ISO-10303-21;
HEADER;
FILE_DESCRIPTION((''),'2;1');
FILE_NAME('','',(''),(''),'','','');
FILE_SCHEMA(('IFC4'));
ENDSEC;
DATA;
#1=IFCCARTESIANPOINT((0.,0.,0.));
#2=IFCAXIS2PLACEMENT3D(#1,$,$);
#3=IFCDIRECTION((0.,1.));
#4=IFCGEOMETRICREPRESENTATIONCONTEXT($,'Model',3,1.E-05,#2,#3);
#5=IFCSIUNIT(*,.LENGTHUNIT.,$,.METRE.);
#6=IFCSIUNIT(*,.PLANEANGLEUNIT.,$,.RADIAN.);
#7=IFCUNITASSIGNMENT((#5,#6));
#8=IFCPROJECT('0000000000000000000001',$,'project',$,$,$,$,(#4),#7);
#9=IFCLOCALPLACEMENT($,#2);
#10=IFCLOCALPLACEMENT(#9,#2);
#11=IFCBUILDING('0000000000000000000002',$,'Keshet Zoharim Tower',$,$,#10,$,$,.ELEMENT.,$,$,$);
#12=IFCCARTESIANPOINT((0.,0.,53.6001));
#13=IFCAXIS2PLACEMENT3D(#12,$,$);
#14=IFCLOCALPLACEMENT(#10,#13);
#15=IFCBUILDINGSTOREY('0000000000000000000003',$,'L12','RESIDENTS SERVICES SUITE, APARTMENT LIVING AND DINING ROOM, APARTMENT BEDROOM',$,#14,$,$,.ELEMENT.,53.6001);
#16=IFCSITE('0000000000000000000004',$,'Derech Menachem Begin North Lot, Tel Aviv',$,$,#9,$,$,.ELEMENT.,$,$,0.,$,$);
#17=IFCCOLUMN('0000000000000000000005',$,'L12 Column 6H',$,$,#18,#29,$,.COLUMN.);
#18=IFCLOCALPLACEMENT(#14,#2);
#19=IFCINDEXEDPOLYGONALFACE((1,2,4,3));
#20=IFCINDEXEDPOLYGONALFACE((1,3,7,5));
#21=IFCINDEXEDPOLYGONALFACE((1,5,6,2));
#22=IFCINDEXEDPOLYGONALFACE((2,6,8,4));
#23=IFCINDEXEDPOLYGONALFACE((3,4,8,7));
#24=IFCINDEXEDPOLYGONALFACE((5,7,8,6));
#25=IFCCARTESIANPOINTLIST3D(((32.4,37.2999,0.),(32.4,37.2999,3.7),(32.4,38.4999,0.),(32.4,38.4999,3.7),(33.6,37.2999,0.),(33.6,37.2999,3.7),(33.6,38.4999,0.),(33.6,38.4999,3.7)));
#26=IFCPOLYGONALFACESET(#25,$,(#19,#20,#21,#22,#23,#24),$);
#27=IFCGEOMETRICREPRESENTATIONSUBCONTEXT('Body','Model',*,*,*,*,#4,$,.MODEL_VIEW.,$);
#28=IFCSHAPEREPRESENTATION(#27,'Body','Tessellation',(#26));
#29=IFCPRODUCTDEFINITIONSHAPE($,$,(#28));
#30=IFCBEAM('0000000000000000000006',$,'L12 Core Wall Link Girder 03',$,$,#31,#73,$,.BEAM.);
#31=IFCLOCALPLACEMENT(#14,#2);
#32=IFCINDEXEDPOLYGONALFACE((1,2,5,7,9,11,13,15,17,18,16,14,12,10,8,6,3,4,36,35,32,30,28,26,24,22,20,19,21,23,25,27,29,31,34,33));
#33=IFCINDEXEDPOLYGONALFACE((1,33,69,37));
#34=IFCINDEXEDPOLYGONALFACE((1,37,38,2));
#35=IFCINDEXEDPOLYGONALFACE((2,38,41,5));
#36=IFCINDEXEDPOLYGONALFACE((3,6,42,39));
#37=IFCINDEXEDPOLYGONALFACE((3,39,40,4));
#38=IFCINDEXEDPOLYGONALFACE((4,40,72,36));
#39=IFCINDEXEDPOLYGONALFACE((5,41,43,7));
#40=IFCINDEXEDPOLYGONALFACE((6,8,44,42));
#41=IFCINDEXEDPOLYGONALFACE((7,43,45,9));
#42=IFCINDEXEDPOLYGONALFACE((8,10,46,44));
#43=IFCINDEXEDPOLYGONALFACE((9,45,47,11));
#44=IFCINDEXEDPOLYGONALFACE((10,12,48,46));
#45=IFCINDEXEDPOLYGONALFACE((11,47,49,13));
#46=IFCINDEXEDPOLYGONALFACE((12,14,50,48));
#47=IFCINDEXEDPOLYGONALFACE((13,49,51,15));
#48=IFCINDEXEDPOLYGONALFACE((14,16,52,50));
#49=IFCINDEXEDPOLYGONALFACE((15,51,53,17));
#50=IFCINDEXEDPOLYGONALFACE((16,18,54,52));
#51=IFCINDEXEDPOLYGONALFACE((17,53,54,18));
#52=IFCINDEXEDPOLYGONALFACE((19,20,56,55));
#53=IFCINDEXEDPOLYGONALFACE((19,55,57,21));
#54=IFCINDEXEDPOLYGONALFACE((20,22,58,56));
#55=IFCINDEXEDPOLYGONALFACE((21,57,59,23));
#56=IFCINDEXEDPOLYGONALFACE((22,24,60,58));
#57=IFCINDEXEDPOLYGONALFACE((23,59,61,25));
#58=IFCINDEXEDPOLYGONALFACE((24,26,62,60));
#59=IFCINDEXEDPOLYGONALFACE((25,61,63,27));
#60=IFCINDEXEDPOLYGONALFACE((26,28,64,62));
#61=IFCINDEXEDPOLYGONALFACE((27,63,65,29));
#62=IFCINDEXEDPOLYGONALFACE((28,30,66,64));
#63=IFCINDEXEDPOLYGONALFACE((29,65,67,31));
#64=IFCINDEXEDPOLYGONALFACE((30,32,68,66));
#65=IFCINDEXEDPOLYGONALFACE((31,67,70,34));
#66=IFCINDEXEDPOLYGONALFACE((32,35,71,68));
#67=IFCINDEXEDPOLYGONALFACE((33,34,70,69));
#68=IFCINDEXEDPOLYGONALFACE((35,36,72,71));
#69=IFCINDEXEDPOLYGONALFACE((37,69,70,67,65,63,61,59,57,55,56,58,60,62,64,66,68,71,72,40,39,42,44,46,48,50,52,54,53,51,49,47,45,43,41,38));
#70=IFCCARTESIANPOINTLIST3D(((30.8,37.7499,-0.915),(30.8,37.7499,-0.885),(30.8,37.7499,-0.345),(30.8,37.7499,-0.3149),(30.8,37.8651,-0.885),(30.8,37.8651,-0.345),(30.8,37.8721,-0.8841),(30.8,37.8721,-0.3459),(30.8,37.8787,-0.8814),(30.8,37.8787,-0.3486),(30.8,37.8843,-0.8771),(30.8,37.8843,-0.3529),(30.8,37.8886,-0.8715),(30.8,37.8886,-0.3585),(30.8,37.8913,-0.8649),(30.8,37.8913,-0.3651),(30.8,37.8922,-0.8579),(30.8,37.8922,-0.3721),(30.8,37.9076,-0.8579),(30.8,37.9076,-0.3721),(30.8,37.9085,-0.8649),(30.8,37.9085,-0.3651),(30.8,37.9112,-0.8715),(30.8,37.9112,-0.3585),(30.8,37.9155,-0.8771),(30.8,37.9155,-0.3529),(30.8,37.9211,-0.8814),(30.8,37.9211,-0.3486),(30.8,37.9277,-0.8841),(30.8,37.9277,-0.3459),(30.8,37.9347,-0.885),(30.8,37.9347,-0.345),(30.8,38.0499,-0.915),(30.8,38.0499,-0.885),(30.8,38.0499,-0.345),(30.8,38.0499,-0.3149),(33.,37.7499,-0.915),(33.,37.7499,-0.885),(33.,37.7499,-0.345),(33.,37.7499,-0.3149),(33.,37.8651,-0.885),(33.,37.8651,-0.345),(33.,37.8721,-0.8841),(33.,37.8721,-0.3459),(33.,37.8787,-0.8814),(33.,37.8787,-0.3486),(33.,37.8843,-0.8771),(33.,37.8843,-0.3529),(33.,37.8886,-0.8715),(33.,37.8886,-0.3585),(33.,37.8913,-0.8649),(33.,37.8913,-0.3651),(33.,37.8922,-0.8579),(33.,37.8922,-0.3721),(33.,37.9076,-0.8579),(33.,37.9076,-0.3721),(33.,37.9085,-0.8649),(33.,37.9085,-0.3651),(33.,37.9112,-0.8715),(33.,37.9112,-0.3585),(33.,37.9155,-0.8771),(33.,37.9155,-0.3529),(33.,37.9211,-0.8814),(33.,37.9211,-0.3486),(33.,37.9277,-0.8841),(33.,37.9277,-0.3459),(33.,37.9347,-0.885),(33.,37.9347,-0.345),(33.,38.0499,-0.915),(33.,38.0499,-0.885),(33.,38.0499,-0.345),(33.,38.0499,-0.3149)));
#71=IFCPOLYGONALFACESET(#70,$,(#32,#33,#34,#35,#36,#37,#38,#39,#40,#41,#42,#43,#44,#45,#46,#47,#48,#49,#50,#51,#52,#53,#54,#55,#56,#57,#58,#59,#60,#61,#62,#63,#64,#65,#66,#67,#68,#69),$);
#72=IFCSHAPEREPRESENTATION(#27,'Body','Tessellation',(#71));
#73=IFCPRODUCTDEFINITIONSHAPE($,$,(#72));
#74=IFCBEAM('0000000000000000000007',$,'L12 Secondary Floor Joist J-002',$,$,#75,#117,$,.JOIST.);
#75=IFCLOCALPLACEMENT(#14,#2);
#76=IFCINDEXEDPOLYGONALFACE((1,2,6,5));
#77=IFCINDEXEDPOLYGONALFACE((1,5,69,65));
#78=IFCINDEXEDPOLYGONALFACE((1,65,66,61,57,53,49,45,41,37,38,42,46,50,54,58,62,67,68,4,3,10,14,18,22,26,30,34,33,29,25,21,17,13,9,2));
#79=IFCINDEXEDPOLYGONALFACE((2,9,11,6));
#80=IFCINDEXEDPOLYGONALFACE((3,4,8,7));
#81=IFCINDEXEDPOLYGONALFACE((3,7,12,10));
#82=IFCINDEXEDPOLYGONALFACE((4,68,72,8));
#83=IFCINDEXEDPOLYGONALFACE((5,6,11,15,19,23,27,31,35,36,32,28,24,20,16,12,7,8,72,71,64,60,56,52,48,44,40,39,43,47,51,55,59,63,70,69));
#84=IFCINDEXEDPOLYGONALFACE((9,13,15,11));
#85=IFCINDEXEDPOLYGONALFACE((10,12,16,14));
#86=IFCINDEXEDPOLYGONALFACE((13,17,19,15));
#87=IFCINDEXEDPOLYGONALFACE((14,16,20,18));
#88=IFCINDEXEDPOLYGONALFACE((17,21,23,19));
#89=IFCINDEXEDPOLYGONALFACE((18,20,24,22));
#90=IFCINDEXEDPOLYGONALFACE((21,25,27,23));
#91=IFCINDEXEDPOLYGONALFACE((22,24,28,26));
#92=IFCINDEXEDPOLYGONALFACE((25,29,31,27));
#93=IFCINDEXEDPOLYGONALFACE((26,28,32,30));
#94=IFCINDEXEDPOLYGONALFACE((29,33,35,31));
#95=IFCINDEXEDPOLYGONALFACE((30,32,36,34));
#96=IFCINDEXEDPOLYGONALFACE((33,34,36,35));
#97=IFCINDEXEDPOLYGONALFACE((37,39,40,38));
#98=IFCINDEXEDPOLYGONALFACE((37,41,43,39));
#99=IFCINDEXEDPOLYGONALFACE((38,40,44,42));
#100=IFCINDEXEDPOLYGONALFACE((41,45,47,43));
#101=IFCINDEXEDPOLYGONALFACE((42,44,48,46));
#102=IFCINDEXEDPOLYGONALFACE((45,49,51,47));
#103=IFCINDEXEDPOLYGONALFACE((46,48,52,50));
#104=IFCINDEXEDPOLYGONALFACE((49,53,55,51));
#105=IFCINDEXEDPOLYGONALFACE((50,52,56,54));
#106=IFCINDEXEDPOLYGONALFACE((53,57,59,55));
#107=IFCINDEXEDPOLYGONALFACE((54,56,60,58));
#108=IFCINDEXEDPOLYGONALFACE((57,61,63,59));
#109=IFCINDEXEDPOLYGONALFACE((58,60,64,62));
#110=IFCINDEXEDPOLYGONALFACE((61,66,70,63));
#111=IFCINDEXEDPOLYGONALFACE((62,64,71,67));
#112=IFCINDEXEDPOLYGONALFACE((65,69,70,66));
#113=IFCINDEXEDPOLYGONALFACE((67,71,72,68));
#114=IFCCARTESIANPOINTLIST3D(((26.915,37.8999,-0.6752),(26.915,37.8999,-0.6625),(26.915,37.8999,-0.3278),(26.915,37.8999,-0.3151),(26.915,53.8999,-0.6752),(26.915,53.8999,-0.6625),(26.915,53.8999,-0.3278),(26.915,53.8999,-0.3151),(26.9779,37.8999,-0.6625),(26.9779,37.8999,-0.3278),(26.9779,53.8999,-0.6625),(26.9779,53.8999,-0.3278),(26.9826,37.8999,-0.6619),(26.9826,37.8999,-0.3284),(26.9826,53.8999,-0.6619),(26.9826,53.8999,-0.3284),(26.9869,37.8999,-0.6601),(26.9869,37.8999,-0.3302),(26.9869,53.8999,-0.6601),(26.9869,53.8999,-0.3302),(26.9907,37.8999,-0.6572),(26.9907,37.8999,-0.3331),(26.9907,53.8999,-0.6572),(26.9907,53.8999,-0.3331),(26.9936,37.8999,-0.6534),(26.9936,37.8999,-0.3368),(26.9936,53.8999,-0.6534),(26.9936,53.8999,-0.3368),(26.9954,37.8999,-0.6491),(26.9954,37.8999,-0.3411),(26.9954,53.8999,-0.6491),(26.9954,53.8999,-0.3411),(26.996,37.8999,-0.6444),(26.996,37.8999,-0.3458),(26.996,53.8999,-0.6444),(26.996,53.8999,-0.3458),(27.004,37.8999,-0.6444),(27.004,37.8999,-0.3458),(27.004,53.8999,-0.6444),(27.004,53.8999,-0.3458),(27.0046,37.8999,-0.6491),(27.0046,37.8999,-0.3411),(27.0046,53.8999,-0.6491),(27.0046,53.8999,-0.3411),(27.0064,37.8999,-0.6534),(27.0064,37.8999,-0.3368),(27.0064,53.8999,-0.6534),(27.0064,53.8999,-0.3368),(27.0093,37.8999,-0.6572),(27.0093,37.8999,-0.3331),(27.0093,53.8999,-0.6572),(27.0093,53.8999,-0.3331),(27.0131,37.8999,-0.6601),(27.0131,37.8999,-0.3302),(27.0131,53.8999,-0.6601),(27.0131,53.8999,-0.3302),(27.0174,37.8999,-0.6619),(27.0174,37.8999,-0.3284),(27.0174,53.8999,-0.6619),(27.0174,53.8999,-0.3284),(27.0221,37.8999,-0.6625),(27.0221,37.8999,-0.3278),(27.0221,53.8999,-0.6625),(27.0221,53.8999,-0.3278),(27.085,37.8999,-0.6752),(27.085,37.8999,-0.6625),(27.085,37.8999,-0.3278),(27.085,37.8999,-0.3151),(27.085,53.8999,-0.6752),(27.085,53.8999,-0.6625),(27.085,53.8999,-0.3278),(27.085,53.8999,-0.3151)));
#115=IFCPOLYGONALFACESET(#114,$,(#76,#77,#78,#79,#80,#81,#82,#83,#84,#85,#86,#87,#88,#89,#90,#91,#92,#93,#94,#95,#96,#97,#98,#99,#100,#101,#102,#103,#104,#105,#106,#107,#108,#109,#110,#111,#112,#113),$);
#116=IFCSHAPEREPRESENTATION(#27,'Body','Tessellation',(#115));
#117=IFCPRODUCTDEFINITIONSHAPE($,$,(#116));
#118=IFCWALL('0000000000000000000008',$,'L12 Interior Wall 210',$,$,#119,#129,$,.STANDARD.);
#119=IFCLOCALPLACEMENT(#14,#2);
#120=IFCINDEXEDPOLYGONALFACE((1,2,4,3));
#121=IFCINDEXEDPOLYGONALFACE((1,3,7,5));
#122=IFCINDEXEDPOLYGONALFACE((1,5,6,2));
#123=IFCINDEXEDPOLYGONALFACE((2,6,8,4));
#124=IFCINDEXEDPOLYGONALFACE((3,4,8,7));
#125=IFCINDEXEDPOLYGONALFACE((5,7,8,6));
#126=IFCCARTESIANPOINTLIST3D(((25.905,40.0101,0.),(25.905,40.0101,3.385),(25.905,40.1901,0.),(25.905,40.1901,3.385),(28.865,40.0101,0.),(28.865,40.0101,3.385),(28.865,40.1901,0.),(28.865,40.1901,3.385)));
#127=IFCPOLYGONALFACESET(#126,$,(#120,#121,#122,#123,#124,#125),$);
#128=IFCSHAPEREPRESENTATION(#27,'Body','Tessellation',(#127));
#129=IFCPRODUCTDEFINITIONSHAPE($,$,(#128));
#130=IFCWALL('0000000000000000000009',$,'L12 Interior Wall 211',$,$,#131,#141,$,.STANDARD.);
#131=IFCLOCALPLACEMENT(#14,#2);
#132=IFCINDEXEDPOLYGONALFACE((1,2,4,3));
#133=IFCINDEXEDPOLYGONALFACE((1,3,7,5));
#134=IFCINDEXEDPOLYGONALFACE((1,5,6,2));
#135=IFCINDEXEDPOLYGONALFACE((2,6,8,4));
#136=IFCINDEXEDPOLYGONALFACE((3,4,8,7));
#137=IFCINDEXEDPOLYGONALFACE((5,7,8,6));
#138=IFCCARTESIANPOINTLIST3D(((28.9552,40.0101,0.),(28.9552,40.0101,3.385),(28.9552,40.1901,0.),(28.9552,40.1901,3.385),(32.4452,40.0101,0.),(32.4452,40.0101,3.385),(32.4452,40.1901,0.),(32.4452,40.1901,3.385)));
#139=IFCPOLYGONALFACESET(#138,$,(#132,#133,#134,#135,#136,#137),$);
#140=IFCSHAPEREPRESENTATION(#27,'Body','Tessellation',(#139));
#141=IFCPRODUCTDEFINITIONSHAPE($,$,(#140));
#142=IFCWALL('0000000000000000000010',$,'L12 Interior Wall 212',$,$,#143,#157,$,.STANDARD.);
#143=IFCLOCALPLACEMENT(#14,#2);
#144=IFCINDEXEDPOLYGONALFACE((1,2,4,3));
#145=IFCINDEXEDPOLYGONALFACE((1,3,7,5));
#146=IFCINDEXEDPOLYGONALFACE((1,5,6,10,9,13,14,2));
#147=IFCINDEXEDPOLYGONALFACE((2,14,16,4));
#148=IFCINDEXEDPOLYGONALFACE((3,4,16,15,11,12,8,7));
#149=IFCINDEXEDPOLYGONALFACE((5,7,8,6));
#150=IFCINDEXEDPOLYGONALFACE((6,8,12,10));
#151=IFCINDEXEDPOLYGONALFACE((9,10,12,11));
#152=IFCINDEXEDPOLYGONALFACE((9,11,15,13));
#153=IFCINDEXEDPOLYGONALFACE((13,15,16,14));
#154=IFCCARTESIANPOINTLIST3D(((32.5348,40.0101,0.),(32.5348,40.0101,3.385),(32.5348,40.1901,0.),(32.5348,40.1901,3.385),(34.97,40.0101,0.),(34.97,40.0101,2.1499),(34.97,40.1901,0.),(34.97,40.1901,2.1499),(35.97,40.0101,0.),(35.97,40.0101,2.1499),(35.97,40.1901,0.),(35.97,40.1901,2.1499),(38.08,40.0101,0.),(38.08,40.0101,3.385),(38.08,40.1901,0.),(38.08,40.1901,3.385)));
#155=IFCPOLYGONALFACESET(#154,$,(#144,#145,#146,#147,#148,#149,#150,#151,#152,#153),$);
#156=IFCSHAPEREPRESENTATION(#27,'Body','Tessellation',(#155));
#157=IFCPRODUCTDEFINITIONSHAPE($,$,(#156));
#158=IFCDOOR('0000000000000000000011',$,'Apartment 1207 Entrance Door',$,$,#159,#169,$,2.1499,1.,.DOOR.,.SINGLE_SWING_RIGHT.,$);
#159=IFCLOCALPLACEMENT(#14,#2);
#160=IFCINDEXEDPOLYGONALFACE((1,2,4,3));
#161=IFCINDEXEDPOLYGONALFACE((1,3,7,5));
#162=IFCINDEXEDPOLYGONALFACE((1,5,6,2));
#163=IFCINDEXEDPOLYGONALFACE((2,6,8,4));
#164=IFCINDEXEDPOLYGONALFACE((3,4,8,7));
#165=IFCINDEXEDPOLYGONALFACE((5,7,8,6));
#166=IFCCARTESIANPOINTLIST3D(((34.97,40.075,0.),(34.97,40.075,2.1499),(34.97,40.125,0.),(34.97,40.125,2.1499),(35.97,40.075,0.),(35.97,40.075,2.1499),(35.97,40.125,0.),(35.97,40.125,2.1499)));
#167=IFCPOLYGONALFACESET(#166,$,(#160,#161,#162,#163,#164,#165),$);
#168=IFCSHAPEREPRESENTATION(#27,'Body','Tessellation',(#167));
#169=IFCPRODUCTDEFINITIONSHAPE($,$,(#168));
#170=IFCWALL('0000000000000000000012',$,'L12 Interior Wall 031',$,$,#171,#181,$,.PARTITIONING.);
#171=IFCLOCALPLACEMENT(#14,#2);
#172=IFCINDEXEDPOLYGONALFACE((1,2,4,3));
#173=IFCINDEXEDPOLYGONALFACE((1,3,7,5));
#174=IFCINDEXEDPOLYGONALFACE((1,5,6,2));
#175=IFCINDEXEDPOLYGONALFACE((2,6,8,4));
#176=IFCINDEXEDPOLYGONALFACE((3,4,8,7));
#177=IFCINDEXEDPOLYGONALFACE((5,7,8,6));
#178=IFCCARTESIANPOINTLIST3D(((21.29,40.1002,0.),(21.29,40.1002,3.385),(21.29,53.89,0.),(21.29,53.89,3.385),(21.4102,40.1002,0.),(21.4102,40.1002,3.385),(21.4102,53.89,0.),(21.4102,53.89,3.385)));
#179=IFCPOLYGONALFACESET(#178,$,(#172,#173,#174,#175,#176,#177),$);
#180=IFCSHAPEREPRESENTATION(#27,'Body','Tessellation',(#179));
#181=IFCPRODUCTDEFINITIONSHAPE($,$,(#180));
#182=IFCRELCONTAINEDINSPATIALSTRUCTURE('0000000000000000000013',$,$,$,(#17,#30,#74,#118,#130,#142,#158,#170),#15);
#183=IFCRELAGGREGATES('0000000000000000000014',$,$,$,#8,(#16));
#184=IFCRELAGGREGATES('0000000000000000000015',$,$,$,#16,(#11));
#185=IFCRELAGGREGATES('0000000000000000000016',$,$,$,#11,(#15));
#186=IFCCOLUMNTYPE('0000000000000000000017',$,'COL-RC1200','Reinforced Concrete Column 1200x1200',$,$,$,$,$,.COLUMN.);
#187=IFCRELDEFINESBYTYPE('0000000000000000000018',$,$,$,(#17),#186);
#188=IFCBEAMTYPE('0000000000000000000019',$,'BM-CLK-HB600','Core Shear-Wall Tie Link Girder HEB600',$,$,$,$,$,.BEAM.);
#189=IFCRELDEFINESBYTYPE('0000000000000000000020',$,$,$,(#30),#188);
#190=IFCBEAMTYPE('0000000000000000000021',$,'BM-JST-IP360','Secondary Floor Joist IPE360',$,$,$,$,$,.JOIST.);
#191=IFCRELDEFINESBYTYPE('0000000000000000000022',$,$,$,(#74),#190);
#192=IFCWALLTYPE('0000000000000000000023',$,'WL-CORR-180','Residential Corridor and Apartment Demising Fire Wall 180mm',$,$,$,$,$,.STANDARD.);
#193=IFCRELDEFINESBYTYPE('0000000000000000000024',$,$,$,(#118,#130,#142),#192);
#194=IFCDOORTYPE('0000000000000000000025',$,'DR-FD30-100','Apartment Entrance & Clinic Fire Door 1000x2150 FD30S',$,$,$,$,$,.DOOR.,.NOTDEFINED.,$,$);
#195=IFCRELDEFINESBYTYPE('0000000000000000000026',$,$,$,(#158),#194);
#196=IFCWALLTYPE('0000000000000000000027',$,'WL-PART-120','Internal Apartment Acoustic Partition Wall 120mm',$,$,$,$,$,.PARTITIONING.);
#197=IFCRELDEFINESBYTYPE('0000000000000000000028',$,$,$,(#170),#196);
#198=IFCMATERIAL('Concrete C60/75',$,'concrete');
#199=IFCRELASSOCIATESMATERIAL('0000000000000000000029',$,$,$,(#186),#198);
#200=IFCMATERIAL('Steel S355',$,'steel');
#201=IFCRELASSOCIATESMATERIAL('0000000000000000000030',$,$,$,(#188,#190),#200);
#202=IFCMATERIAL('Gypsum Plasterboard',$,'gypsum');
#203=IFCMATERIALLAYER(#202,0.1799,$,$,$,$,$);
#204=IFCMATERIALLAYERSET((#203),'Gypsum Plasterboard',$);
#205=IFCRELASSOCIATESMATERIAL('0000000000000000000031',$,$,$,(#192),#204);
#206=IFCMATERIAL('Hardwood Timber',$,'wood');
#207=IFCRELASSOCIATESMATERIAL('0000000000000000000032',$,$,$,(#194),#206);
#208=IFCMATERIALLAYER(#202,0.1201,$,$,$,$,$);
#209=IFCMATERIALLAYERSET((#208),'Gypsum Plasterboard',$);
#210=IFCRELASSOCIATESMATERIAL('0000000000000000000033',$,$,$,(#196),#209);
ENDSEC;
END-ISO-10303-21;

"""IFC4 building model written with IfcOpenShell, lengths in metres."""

from ifc_helpers import new_model, si_unit, direction, frame, frame_2d, origin, origin_2d, place, context, subcontext, project, spatial, rectangle, i_section, extrude, material, layer, layer_set, material_profile, profile_set, type_object, element, fill, save


model = new_model("IFC4")

# Units and contexts
model_context = context("Model", 3, precision=1e-05, world=origin(), true_north=direction((0.0, 1.0)))
body_context = subcontext(model_context, "Body", "Model", "MODEL_VIEW")
ifc_project = project(units=[si_unit("LENGTHUNIT", "METRE"), si_unit("PLANEANGLEUNIT", "RADIAN")], contexts=[model_context])

# Site, building, storey
site_placement = place(None, origin())
site = spatial("IfcSite", under=ifc_project, at=site_placement, Name="Derech Menachem Begin North Lot, Tel Aviv", CompositionType="ELEMENT", RefElevation=0.0)
building_placement = place(site_placement, origin())
building = spatial("IfcBuilding", under=site, at=building_placement, Name="Keshet Zoharim Tower", CompositionType="ELEMENT")
storey_placement = place(building_placement, frame((0.0, 0.0, 53.6001)))
storey = spatial("IfcBuildingStorey", under=building, at=storey_placement, Name="L12", Description="RESIDENTS SERVICES SUITE, APARTMENT LIVING AND DINING ROOM, APARTMENT BEDROOM", CompositionType="ELEMENT", Elevation=53.6001)

# Column
ifc_material_1 = material(Name="Concrete C60/75", Category="concrete")
ifc_material_profile_1 = material_profile(ifc_material_1, rectangle(XDim=1.2, YDim=1.2, at=origin_2d()), Name="RC1200x1200")
ifc_profile_set_1 = profile_set([ifc_material_profile_1], Name="Concrete C60/75")
column_type = type_object("IfcColumnType", Name="COL-RC1200", Description="Reinforced Concrete Column 1200x1200", PredefinedType="COLUMN", material=ifc_profile_set_1)
column_placement = place(storey_placement, frame((33.0, 37.8999, 0.0), z_axis=(0.0, 0.0, 1.0), x_axis=(1.0, 0.0, 0.0)))
element("IfcColumn", 1, at=column_placement, inside=storey, type_object=column_type, Name="L12 Column 6H", PredefinedType="COLUMN", context=body_context, shape_type="SweptSolid", body=[
    extrude(rectangle(XDim=1.2, YDim=1.2, at=origin_2d()), origin(), (0.0, 0.0, 1.0), 3.7),
])

# Beams
ifc_material_2 = material(Name="Steel S355", Category="steel")
ifc_material_profile_2 = material_profile(ifc_material_2, i_section(OverallWidth=0.3, OverallDepth=0.6001, WebThickness=0.0154, FlangeThickness=0.03, FilletRadius=0.0271, at=origin_2d()), Name="HEB600")
ifc_profile_set_2 = profile_set([ifc_material_profile_2], Name="Steel S355")
beam_type_1 = type_object("IfcBeamType", Name="BM-CLK-HB600", Description="Core Shear-Wall Tie Link Girder HEB600", PredefinedType="BEAM", material=ifc_profile_set_2)
beam_1_placement = place(storey_placement, frame((30.8, 37.8999, -0.615), z_axis=(1.0, 0.0, 0.0), x_axis=(0.0, 1.0, 0.0)))
element("IfcBeam", 2, at=beam_1_placement, inside=storey, type_object=beam_type_1, Name="L12 Core Wall Link Girder 03", PredefinedType="BEAM", context=body_context, shape_type="SweptSolid", body=[
    extrude(i_section(OverallWidth=0.3, OverallDepth=0.6001, WebThickness=0.0154, FlangeThickness=0.03, FilletRadius=0.0271, at=origin_2d()), origin(), (0.0, 0.0, 1.0), 2.2),
])
ifc_material_profile_3 = material_profile(ifc_material_2, i_section(OverallWidth=0.1699, OverallDepth=0.3601, WebThickness=0.0081, FlangeThickness=0.0127, FilletRadius=0.0181, at=origin_2d()), Name="IPE360")
ifc_profile_set_3 = profile_set([ifc_material_profile_3], Name="Steel S355")
beam_type_2 = type_object("IfcBeamType", Name="BM-JST-IP360", Description="Secondary Floor Joist IPE360", PredefinedType="JOIST", material=ifc_profile_set_3)
beam_2_placement = place(storey_placement, frame((27.0, 37.8999, -0.4951), z_axis=(0.0, 1.0, 0.0), x_axis=(-1.0, 0.0, 0.0)))
element("IfcBeam", 3, at=beam_2_placement, inside=storey, type_object=beam_type_2, Name="L12 Secondary Floor Joist J-002", PredefinedType="JOIST", context=body_context, shape_type="SweptSolid", body=[
    extrude(i_section(OverallWidth=0.1699, OverallDepth=0.3601, WebThickness=0.0081, FlangeThickness=0.0127, FilletRadius=0.0181, at=origin_2d()), origin(), (0.0, 0.0, 1.0), 16.0),
])

# Shared definitions
ifc_material_3 = material(Name="Gypsum Plasterboard", Category="gypsum")
ifc_layer_1 = layer(ifc_material_3, 0.1799)
ifc_layer_set_1 = layer_set([ifc_layer_1], Name="Gypsum Plasterboard")
wall_type_1 = type_object("IfcWallType", Name="WL-CORR-180", Description="Residential Corridor and Apartment Demising Fire Wall 180mm", PredefinedType="STANDARD", material=ifc_layer_set_1)
ifc_material_4 = material(Name="Hardwood Timber", Category="wood")
door_type_1 = type_object("IfcDoorType", Name="DR-FD30-100", Description="Apartment Entrance & Clinic Fire Door 1000x2150 FD30S", OperationType="NOTDEFINED", PredefinedType="DOOR", material=ifc_material_4)

# Walls
wall_1_placement = place(storey_placement, frame((25.905, 40.1001, 0.0), z_axis=(0.0, 0.0, 1.0), x_axis=(1.0, 0.0, 0.0)))
element("IfcWall", 4, at=wall_1_placement, inside=storey, type_object=wall_type_1, Name="L12 Interior Wall 210", PredefinedType="STANDARD", context=body_context, shape_type="SweptSolid", body=[
    extrude(rectangle(XDim=2.96, YDim=0.1799, at=frame_2d((1.48, 0.0))), origin(), (0.0, 0.0, 1.0), 3.385),
])
wall_2_placement = place(storey_placement, frame((28.9551, 40.1001, 0.0), z_axis=(0.0, 0.0, 1.0), x_axis=(1.0, 0.0, 0.0)))
element("IfcWall", 5, at=wall_2_placement, inside=storey, type_object=wall_type_1, Name="L12 Interior Wall 211", PredefinedType="STANDARD", context=body_context, shape_type="SweptSolid", body=[
    extrude(rectangle(XDim=3.49, YDim=0.1799, at=frame_2d((1.7451, 0.0))), origin(), (0.0, 0.0, 1.0), 3.385),
])

# Wall, opening, door
wall_3_placement = place(storey_placement, frame((32.5349, 40.1001, 0.0), z_axis=(0.0, 0.0, 1.0), x_axis=(1.0, 0.0, 0.0)))
wall_3 = element("IfcWall", 6, at=wall_3_placement, inside=storey, type_object=wall_type_1, Name="L12 Interior Wall 212", PredefinedType="STANDARD", context=body_context, shape_type="SweptSolid", body=[
    extrude(rectangle(XDim=5.5452, YDim=0.1799, at=frame_2d((2.7725, 0.0))), origin(), (0.0, 0.0, 1.0), 3.385),
])
opening_1_placement = place(wall_3_placement, frame((2.4351, 0.0, 0.0)))
opening_1 = element("IfcOpeningElement", 7, at=opening_1_placement, cuts=wall_3, PredefinedType="OPENING", context=body_context, shape_type="SweptSolid", body=[
    extrude(rectangle(XDim=1.0, YDim=2.1499, at=frame_2d((0.5, 1.075))), frame((0.0, 0.1001, 0.0), z_axis=(0.0, -1.0, 0.0), x_axis=(1.0, 0.0, 0.0)), (0.0, 0.0, 1.0), 0.2),
])
door_1_placement = place(opening_1_placement, origin())
door_1 = element("IfcDoor", 8, at=door_1_placement, inside=storey, type_object=door_type_1, Name="Apartment 1207 Entrance Door", OperationType="SINGLE_SWING_RIGHT", OverallHeight=2.1499, OverallWidth=1.0, PredefinedType="DOOR", context=body_context, shape_type="SweptSolid", body=[
    extrude(rectangle(XDim=1.0, YDim=2.1499, at=frame_2d((0.5, 1.075))), frame((0.0, 0.0249, 0.0), z_axis=(0.0, -1.0, 0.0), x_axis=(1.0, 0.0, 0.0)), (0.0, 0.0, 1.0), 0.05),
])
fill(opening_1, door_1)

# Wall
ifc_layer_2 = layer(ifc_material_3, 0.1201)
ifc_layer_set_2 = layer_set([ifc_layer_2], Name="Gypsum Plasterboard")
wall_type_2 = type_object("IfcWallType", Name="WL-PART-120", Description="Internal Apartment Acoustic Partition Wall 120mm", PredefinedType="PARTITIONING", material=ifc_layer_set_2)
wall_4_placement = place(storey_placement, frame((21.3501, 40.1001, 0.0), z_axis=(0.0, 0.0, 1.0), x_axis=(0.0, 1.0, 0.0)))
element("IfcWall", 9, at=wall_4_placement, inside=storey, type_object=wall_type_2, Name="L12 Interior Wall 031", PredefinedType="PARTITIONING", context=body_context, shape_type="SweptSolid", body=[
    extrude(rectangle(XDim=13.7898, YDim=0.1201, at=frame_2d((6.895, 0.0))), origin(), (0.0, 0.0, 1.0), 3.385),
])

save(model, "model.ifc")
